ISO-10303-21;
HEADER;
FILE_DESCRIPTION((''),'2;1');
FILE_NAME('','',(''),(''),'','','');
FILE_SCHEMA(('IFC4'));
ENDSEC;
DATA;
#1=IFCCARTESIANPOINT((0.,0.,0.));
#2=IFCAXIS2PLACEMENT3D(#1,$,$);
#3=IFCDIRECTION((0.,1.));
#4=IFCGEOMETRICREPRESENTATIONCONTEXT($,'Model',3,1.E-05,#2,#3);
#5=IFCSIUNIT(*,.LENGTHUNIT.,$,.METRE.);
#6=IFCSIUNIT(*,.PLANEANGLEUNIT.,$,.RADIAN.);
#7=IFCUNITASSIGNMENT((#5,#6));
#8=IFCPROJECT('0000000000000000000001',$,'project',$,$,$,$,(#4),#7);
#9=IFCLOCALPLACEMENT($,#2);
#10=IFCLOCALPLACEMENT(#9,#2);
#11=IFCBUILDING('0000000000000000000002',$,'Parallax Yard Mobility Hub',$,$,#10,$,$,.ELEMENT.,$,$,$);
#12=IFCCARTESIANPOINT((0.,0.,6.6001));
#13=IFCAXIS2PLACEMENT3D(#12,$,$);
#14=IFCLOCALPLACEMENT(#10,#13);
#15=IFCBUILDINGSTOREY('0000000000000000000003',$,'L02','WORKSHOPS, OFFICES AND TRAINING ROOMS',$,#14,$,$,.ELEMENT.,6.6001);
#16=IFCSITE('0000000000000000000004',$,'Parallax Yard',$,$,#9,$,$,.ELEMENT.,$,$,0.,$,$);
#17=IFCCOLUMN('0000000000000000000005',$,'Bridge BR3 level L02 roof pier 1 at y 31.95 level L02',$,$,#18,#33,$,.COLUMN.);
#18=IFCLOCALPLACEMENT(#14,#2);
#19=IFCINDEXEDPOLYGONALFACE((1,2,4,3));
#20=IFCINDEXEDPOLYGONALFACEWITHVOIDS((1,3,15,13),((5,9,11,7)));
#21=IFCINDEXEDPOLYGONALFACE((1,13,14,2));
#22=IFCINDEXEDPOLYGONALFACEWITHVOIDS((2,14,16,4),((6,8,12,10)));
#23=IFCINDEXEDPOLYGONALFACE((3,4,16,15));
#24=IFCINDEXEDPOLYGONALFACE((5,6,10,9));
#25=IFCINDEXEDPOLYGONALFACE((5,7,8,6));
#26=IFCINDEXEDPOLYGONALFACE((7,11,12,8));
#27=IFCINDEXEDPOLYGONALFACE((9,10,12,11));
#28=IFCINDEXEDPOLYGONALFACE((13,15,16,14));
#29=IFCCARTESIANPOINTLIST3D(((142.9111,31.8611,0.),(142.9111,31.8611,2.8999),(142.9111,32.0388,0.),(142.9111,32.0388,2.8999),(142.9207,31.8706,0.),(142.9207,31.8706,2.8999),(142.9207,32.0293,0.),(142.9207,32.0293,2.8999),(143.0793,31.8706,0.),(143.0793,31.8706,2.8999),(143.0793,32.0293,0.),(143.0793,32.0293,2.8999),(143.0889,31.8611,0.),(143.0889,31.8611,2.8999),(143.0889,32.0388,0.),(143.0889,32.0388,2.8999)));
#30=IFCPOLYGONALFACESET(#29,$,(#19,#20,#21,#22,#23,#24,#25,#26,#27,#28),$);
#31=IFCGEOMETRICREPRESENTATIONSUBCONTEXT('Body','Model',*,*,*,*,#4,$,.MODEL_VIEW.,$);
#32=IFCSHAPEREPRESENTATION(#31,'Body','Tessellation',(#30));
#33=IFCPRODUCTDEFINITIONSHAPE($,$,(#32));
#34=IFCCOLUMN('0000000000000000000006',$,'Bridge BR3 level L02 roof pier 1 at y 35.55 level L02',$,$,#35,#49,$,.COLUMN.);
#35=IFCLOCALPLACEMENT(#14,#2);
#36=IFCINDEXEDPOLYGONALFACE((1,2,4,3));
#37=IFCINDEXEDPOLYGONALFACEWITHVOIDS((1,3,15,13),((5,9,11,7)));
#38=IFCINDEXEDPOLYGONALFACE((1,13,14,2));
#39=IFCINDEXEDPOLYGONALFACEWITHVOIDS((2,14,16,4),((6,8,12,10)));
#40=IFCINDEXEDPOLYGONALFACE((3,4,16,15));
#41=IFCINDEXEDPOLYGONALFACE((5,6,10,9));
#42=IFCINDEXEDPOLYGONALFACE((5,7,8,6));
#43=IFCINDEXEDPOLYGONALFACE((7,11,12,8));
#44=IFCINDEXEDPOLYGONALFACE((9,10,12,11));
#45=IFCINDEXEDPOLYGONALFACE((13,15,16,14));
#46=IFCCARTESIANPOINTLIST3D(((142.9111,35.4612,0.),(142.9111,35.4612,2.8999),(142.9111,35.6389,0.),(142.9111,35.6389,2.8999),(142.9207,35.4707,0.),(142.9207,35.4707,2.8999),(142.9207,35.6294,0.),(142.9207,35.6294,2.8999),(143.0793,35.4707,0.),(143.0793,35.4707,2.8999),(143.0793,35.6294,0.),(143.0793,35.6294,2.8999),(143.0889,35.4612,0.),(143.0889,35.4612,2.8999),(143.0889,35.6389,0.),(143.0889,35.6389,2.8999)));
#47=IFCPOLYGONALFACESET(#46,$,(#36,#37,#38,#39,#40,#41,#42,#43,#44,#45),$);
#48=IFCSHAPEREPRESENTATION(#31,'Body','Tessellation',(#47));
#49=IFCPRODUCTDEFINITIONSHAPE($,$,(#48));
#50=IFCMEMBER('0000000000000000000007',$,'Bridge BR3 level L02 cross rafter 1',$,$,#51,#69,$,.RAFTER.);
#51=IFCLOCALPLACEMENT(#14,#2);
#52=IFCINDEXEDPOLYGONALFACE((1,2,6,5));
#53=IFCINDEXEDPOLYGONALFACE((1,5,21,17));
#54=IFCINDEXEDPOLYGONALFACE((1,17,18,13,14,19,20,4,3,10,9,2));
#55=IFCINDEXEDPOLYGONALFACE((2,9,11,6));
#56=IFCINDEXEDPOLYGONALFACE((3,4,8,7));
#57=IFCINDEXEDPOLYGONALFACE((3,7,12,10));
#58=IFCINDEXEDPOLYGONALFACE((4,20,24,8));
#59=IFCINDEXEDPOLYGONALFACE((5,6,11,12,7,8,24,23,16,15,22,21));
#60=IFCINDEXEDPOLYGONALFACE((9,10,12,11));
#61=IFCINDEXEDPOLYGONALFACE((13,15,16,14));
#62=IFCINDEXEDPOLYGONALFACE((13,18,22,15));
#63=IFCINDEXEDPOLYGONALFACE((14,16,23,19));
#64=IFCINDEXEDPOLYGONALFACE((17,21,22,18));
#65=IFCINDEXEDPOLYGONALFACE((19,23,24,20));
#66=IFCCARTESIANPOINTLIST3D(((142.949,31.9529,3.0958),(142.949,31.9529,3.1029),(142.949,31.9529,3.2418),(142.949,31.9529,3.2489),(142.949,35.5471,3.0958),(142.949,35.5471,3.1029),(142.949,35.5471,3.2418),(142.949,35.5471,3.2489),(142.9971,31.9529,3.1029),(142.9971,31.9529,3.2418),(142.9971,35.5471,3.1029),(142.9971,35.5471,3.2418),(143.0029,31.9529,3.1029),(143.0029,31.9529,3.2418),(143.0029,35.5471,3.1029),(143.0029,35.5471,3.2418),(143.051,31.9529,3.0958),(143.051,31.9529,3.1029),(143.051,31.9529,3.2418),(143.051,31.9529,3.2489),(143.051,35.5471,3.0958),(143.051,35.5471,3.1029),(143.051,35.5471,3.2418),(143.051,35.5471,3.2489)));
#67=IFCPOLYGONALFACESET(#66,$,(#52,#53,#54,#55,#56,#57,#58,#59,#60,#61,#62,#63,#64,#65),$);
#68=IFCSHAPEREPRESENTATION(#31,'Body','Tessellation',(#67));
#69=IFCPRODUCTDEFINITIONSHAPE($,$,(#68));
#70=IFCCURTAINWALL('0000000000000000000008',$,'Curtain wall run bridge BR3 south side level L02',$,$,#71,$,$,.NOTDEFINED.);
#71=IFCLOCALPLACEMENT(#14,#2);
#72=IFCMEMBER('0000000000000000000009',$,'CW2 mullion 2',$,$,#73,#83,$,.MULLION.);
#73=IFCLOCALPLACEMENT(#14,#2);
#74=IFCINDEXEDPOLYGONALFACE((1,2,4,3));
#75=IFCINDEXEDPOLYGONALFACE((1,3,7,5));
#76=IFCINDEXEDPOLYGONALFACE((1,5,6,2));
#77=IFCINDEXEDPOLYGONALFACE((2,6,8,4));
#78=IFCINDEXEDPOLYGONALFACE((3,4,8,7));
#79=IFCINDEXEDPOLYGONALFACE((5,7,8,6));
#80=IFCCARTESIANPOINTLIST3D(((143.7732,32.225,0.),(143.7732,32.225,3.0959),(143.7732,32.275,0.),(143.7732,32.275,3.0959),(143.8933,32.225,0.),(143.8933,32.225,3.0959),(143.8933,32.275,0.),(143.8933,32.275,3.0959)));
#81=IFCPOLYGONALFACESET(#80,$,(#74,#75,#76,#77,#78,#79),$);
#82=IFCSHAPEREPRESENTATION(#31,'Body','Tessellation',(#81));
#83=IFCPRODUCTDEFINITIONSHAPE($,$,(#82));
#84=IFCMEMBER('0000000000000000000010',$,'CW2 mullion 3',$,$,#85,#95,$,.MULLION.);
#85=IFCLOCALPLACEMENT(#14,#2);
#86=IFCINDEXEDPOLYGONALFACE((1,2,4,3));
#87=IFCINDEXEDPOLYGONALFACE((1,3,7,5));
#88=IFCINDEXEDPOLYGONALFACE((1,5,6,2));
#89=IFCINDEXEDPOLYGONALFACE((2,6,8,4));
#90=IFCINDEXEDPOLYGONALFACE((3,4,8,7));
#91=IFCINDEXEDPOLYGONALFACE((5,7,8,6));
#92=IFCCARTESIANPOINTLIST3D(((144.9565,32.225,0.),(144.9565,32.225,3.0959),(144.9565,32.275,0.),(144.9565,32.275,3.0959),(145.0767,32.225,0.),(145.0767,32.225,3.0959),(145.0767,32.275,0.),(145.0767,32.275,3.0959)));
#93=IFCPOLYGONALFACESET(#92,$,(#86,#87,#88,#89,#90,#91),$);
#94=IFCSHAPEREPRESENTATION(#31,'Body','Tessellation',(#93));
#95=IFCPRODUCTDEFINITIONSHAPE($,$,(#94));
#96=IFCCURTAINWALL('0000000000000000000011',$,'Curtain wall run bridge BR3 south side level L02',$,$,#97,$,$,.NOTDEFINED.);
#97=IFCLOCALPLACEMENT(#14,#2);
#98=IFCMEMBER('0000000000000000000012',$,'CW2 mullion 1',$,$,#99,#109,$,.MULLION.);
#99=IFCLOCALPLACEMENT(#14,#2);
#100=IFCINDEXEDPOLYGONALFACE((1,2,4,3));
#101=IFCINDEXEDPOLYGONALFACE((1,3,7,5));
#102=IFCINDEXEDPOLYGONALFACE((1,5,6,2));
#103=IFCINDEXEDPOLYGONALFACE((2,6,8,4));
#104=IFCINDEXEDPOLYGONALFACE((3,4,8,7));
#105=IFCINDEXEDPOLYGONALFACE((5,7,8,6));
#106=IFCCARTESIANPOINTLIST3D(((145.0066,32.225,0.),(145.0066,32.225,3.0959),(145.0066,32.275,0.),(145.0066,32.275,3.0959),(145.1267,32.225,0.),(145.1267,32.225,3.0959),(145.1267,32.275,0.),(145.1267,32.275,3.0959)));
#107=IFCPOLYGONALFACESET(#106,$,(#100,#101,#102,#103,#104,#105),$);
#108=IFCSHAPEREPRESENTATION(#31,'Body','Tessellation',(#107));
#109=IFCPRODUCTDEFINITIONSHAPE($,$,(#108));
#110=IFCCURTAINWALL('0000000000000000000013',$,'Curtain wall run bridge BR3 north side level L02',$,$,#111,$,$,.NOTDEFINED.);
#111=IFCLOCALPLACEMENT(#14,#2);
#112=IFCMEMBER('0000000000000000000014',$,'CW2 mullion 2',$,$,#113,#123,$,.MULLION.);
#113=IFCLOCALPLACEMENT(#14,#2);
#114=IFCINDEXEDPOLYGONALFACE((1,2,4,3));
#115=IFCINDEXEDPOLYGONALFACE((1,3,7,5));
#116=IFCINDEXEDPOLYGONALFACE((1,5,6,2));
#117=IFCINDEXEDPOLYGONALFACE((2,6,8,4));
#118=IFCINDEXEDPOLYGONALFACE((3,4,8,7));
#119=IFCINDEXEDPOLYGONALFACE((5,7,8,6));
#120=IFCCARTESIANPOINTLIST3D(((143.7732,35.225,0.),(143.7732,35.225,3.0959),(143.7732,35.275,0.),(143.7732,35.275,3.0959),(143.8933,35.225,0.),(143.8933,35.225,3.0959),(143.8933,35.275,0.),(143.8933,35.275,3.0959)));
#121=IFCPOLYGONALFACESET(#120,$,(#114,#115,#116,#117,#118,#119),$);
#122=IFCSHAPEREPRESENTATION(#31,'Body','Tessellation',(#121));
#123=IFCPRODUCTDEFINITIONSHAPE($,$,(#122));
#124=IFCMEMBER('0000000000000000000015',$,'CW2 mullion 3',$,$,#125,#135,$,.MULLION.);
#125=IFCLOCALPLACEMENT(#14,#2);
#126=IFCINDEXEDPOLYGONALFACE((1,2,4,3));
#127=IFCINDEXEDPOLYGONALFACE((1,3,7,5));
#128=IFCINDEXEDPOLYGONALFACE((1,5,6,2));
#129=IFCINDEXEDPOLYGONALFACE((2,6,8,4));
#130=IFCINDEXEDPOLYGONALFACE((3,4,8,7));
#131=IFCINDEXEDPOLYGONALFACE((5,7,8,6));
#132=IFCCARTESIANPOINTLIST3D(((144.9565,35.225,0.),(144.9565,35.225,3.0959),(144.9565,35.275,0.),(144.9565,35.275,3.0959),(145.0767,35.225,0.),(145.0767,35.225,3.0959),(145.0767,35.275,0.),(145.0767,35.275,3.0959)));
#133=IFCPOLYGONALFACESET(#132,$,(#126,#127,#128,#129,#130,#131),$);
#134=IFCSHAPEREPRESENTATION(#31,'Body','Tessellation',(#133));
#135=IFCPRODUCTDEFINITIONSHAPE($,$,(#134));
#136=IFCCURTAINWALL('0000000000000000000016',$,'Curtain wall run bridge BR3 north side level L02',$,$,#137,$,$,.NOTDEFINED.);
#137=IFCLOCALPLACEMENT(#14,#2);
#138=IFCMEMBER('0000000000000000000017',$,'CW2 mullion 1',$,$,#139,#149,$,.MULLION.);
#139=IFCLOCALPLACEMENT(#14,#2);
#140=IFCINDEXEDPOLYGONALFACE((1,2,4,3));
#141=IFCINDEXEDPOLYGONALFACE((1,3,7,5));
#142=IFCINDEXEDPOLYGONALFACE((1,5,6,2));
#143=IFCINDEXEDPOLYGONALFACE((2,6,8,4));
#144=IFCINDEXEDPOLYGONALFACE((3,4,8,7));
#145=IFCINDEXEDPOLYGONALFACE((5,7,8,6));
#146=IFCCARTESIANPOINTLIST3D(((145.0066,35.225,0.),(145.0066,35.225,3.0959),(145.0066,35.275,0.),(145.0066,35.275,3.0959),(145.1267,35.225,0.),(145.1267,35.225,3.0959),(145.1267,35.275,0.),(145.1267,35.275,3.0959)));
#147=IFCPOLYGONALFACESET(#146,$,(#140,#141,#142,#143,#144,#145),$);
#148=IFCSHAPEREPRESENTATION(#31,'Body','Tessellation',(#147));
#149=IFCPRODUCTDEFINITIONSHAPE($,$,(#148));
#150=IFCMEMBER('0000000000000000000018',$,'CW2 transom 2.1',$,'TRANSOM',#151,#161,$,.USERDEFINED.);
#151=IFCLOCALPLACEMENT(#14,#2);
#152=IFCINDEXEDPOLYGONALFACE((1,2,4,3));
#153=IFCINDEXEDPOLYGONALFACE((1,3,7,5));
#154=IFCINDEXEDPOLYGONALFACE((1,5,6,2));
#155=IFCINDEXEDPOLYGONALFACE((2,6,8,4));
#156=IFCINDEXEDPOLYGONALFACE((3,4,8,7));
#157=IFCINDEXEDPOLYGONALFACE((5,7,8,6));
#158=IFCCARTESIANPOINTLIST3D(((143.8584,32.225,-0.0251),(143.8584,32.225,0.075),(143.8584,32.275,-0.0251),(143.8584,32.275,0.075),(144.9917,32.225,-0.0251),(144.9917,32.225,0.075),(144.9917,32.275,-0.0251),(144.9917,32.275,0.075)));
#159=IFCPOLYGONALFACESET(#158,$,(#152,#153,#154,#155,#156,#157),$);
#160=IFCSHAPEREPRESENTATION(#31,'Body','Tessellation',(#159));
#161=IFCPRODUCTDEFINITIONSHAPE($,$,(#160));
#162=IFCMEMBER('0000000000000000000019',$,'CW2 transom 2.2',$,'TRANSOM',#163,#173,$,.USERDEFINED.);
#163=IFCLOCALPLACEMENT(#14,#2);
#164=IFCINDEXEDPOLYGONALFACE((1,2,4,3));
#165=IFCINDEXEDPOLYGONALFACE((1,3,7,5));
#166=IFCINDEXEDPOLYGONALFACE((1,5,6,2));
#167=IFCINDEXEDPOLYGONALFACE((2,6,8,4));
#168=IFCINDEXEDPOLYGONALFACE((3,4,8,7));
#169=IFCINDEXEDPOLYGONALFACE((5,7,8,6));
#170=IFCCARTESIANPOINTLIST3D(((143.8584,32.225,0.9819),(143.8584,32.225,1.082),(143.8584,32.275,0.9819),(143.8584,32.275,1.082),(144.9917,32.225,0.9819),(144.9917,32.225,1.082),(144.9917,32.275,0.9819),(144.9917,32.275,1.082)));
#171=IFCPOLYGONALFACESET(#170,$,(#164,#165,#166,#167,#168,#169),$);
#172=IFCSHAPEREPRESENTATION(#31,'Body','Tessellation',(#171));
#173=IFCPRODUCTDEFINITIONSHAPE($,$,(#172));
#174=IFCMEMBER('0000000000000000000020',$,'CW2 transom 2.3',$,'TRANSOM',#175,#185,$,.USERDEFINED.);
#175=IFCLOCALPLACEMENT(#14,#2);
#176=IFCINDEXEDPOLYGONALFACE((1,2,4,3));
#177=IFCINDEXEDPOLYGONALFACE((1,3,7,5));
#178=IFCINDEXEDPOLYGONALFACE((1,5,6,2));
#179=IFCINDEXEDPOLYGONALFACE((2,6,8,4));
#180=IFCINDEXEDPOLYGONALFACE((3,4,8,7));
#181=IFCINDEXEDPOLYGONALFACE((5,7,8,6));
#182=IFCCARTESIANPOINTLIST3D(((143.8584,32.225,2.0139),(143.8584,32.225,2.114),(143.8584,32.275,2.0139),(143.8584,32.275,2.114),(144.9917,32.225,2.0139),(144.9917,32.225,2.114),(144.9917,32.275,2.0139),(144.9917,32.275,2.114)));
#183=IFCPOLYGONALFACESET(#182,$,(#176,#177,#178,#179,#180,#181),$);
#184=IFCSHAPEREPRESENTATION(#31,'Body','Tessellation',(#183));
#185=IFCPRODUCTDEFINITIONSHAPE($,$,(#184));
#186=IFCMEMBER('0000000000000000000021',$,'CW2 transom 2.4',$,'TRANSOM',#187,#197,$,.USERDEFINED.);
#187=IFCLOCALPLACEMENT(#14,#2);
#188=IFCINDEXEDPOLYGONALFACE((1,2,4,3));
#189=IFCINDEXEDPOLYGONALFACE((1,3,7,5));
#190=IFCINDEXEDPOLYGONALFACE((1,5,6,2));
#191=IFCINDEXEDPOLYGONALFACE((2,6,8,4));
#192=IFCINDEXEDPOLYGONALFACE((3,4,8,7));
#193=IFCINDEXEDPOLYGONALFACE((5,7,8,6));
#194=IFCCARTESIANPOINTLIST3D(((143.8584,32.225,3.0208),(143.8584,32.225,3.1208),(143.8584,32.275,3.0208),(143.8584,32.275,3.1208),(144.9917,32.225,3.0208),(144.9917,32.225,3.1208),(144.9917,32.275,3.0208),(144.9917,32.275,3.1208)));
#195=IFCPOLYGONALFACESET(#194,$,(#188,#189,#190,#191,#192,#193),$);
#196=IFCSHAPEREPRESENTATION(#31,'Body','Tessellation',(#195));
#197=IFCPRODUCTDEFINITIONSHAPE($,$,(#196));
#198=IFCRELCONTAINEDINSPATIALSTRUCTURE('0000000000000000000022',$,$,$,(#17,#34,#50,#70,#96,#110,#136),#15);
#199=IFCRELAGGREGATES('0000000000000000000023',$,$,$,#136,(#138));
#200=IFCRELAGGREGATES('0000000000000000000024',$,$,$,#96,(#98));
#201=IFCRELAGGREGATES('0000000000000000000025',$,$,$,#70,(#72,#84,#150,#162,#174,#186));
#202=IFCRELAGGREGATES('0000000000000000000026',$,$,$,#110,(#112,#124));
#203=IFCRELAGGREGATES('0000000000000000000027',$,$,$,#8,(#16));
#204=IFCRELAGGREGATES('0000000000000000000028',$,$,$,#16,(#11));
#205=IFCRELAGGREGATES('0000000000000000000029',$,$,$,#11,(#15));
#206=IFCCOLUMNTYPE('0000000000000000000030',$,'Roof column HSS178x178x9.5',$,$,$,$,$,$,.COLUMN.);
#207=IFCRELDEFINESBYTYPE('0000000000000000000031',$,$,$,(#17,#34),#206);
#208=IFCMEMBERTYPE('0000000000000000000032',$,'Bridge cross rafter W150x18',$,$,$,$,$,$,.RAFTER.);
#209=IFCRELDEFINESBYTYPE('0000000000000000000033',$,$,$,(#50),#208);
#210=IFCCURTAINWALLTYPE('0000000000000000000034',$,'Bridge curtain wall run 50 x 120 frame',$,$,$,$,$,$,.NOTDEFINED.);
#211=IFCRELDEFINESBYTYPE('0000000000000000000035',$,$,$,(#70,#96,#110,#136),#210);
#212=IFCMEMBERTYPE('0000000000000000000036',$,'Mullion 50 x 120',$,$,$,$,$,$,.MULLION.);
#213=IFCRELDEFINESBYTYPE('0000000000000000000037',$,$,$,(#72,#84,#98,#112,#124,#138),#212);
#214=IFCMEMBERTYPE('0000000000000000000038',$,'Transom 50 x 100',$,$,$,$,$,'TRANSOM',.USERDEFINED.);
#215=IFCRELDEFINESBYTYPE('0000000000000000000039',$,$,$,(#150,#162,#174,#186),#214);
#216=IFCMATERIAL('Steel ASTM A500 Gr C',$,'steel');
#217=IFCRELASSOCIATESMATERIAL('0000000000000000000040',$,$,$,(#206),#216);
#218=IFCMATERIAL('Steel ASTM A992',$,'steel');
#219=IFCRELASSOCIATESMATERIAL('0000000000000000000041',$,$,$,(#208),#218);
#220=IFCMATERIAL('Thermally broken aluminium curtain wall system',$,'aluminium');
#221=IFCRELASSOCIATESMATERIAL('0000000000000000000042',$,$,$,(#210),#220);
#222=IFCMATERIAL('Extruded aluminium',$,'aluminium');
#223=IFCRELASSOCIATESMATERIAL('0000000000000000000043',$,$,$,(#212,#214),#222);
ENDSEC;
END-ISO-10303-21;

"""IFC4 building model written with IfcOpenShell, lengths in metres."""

from ifc_helpers import new_model, si_unit, direction, frame, origin, origin_2d, place, context, subcontext, project, spatial, rectangle, hollow_rectangle, i_section, extrude, material, material_profile, profile_set, type_object, element, aggregate, save


model = new_model("IFC4")

# Units and contexts
model_context = context("Model", 3, precision=1e-05, world=origin(), true_north=direction((0.0, 1.0)))
body_context = subcontext(model_context, "Body", "Model", "MODEL_VIEW")
ifc_project = project(units=[si_unit("LENGTHUNIT", "METRE"), si_unit("PLANEANGLEUNIT", "RADIAN")], contexts=[model_context])

# Site, building, storey
site_placement = place(None, origin())
site = spatial("IfcSite", under=ifc_project, at=site_placement, Name="Parallax Yard", CompositionType="ELEMENT", RefElevation=0.0)
building_placement = place(site_placement, origin())
building = spatial("IfcBuilding", under=site, at=building_placement, Name="Parallax Yard Mobility Hub", CompositionType="ELEMENT")
storey_placement = place(building_placement, frame((0.0, 0.0, 6.6001)))
storey = spatial("IfcBuildingStorey", under=building, at=storey_placement, Name="L02", Description="WORKSHOPS, OFFICES AND TRAINING ROOMS", CompositionType="ELEMENT", Elevation=6.6001)

# Columns
ifc_material_1 = material(Name="Steel ASTM A500 Gr C", Category="steel")
ifc_material_profile_1 = material_profile(ifc_material_1, hollow_rectangle(XDim=0.1777, YDim=0.1777, WallThickness=0.0095, at=origin_2d()), Name="HSS178x178x9.5")
ifc_profile_set_1 = profile_set([ifc_material_profile_1], Name="Steel ASTM A500 Gr C")
column_type = type_object("IfcColumnType", Name="Roof column HSS178x178x9.5", PredefinedType="COLUMN", material=ifc_profile_set_1)
for number, where, z_axis, x_axis, name in (
    (1, (143.0, 31.95, 0.0), (0.0, 0.0, 1.0), (1.0, 0.0, 0.0), "Bridge BR3 level L02 roof pier 1 at y 31.95 level L02"),
    (2, (143.0, 35.55, 0.0), (0.0, 0.0, 1.0), (1.0, 0.0, 0.0), "Bridge BR3 level L02 roof pier 1 at y 35.55 level L02"),
):
    element("IfcColumn", number, at=place(storey_placement, frame(where, z_axis=z_axis, x_axis=x_axis)), inside=storey, type_object=column_type, Name=name, PredefinedType="COLUMN", context=body_context, shape_type="SweptSolid", body=[
        extrude(hollow_rectangle(XDim=0.1777, YDim=0.1777, WallThickness=0.0095, at=origin_2d()), origin(), (0.0, 0.0, 1.0), 2.8999),
    ])

# Member
ifc_material_2 = material(Name="Steel ASTM A992", Category="steel")
ifc_material_profile_2 = material_profile(ifc_material_2, i_section(OverallWidth=0.1021, OverallDepth=0.1531, WebThickness=0.0059, FlangeThickness=0.0071, at=origin_2d()), Name="W150x18")
ifc_profile_set_2 = profile_set([ifc_material_profile_2], Name="Steel ASTM A992")
member_type_1 = type_object("IfcMemberType", Name="Bridge cross rafter W150x18", PredefinedType="RAFTER", material=ifc_profile_set_2)
member_1_placement = place(storey_placement, frame((143.0, 31.9529, 3.1724), z_axis=(0.0, 1.0, 0.0), x_axis=(-1.0, 0.0, 0.0)))
element("IfcMember", 3, at=member_1_placement, inside=storey, type_object=member_type_1, Name="Bridge BR3 level L02 cross rafter 1", PredefinedType="RAFTER", context=body_context, shape_type="SweptSolid", body=[
    extrude(i_section(OverallWidth=0.1021, OverallDepth=0.1531, WebThickness=0.0059, FlangeThickness=0.0071, at=origin_2d()), origin(), (0.0, 0.0, 1.0), 3.5942),
])

# Curtain wall, members
ifc_material_3 = material(Name="Thermally broken aluminium curtain wall system", Category="aluminium")
curtain_wall_type = type_object("IfcCurtainWallType", Name="Bridge curtain wall run 50 x 120 frame", PredefinedType="NOTDEFINED", material=ifc_material_3)
curtain_wall_1_placement = place(storey_placement, origin())
curtain_wall_1 = element("IfcCurtainWall", 4, at=curtain_wall_1_placement, inside=storey, type_object=curtain_wall_type, Name="Curtain wall run bridge BR3 south side level L02", PredefinedType="NOTDEFINED")
ifc_material_4 = material(Name="Extruded aluminium", Category="aluminium")
ifc_material_profile_3 = material_profile(ifc_material_4, rectangle(XDim=0.05, YDim=0.1201, at=origin_2d()), Name="Mullion 50 x 120")
ifc_profile_set_3 = profile_set([ifc_material_profile_3], Name="Extruded aluminium")
member_type_2 = type_object("IfcMemberType", Name="Mullion 50 x 120", PredefinedType="MULLION", material=ifc_profile_set_3)
member_2_placement = place(storey_placement, frame((143.8333, 32.25, 0.0), z_axis=(0.0, 0.0, 1.0), x_axis=(0.0, 1.0, 0.0)))
member_2 = element("IfcMember", 5, at=member_2_placement, type_object=member_type_2, Name="CW2 mullion 2", PredefinedType="MULLION", context=body_context, shape_type="SweptSolid", body=[
    extrude(rectangle(XDim=0.05, YDim=0.1201, at=origin_2d()), origin(), (0.0, 0.0, 1.0), 3.0959),
])
member_3_placement = place(storey_placement, frame((145.0166, 32.25, 0.0), z_axis=(0.0, 0.0, 1.0), x_axis=(0.0, 1.0, 0.0)))
member_3 = element("IfcMember", 6, at=member_3_placement, type_object=member_type_2, Name="CW2 mullion 3", PredefinedType="MULLION", context=body_context, shape_type="SweptSolid", body=[
    extrude(rectangle(XDim=0.05, YDim=0.1201, at=origin_2d()), origin(), (0.0, 0.0, 1.0), 3.0959),
])

# Curtain wall, member
curtain_wall_2_placement = place(storey_placement, origin())
curtain_wall_2 = element("IfcCurtainWall", 7, at=curtain_wall_2_placement, inside=storey, type_object=curtain_wall_type, Name="Curtain wall run bridge BR3 south side level L02", PredefinedType="NOTDEFINED")
member_4_placement = place(storey_placement, frame((145.0667, 32.25, 0.0), z_axis=(0.0, 0.0, 1.0), x_axis=(0.0, 1.0, 0.0)))
member_4 = element("IfcMember", 8, at=member_4_placement, type_object=member_type_2, Name="CW2 mullion 1", PredefinedType="MULLION", context=body_context, shape_type="SweptSolid", body=[
    extrude(rectangle(XDim=0.05, YDim=0.1201, at=origin_2d()), origin(), (0.0, 0.0, 1.0), 3.0959),
])

# Curtain wall, members
curtain_wall_3_placement = place(storey_placement, origin())
curtain_wall_3 = element("IfcCurtainWall", 9, at=curtain_wall_3_placement, inside=storey, type_object=curtain_wall_type, Name="Curtain wall run bridge BR3 north side level L02", PredefinedType="NOTDEFINED")
member_5_placement = place(storey_placement, frame((143.8333, 35.25, 0.0), z_axis=(0.0, 0.0, 1.0), x_axis=(0.0, 1.0, 0.0)))
member_5 = element("IfcMember", 10, at=member_5_placement, type_object=member_type_2, Name="CW2 mullion 2", PredefinedType="MULLION", context=body_context, shape_type="SweptSolid", body=[
    extrude(rectangle(XDim=0.05, YDim=0.1201, at=origin_2d()), origin(), (0.0, 0.0, 1.0), 3.0959),
])
member_6_placement = place(storey_placement, frame((145.0166, 35.25, 0.0), z_axis=(0.0, 0.0, 1.0), x_axis=(0.0, 1.0, 0.0)))
member_6 = element("IfcMember", 11, at=member_6_placement, type_object=member_type_2, Name="CW2 mullion 3", PredefinedType="MULLION", context=body_context, shape_type="SweptSolid", body=[
    extrude(rectangle(XDim=0.05, YDim=0.1201, at=origin_2d()), origin(), (0.0, 0.0, 1.0), 3.0959),
])

# Curtain wall, member
curtain_wall_4_placement = place(storey_placement, origin())
curtain_wall_4 = element("IfcCurtainWall", 12, at=curtain_wall_4_placement, inside=storey, type_object=curtain_wall_type, Name="Curtain wall run bridge BR3 north side level L02", PredefinedType="NOTDEFINED")
member_7_placement = place(storey_placement, frame((145.0667, 35.25, 0.0), z_axis=(0.0, 0.0, 1.0), x_axis=(0.0, 1.0, 0.0)))
member_7 = element("IfcMember", 13, at=member_7_placement, type_object=member_type_2, Name="CW2 mullion 1", PredefinedType="MULLION", context=body_context, shape_type="SweptSolid", body=[
    extrude(rectangle(XDim=0.05, YDim=0.1201, at=origin_2d()), origin(), (0.0, 0.0, 1.0), 3.0959),
])
aggregate(curtain_wall_4, [member_7])

# Members
ifc_material_profile_4 = material_profile(ifc_material_4, rectangle(XDim=0.05, YDim=0.1001, at=origin_2d()), Name="Transom 50 x 100")
ifc_profile_set_4 = profile_set([ifc_material_profile_4], Name="Extruded aluminium")
member_type_3 = type_object("IfcMemberType", Name="Transom 50 x 100", ElementType="TRANSOM", PredefinedType="USERDEFINED", material=ifc_profile_set_4)
member_8_placement = place(storey_placement, frame((143.8584, 32.25, 0.0249), z_axis=(1.0, 0.0, 0.0), x_axis=(0.0, 1.0, 0.0)))
member_8 = element("IfcMember", 14, at=member_8_placement, type_object=member_type_3, Name="CW2 transom 2.1", ObjectType="TRANSOM", PredefinedType="USERDEFINED", context=body_context, shape_type="SweptSolid", body=[
    extrude(rectangle(XDim=0.05, YDim=0.1001, at=origin_2d()), origin(), (0.0, 0.0, 1.0), 1.1333),
])
member_9_placement = place(storey_placement, frame((143.8584, 32.25, 1.032), z_axis=(1.0, 0.0, 0.0), x_axis=(0.0, 1.0, 0.0)))
member_9 = element("IfcMember", 15, at=member_9_placement, type_object=member_type_3, Name="CW2 transom 2.2", ObjectType="TRANSOM", PredefinedType="USERDEFINED", context=body_context, shape_type="SweptSolid", body=[
    extrude(rectangle(XDim=0.05, YDim=0.1001, at=origin_2d()), origin(), (0.0, 0.0, 1.0), 1.1333),
])
member_10_placement = place(storey_placement, frame((143.8584, 32.25, 2.064), z_axis=(1.0, 0.0, 0.0), x_axis=(0.0, 1.0, 0.0)))
member_10 = element("IfcMember", 16, at=member_10_placement, type_object=member_type_3, Name="CW2 transom 2.3", ObjectType="TRANSOM", PredefinedType="USERDEFINED", context=body_context, shape_type="SweptSolid", body=[
    extrude(rectangle(XDim=0.05, YDim=0.1001, at=origin_2d()), origin(), (0.0, 0.0, 1.0), 1.1333),
])
member_11_placement = place(storey_placement, frame((143.8584, 32.25, 3.0708), z_axis=(1.0, 0.0, 0.0), x_axis=(0.0, 1.0, 0.0)))
member_11 = element("IfcMember", 17, at=member_11_placement, type_object=member_type_3, Name="CW2 transom 2.4", ObjectType="TRANSOM", PredefinedType="USERDEFINED", context=body_context, shape_type="SweptSolid", body=[
    extrude(rectangle(XDim=0.05, YDim=0.1001, at=origin_2d()), origin(), (0.0, 0.0, 1.0), 1.1333),
])
aggregate(curtain_wall_2, [member_4])

aggregate(curtain_wall_1, [member_2, member_3, member_8, member_9, member_10, member_11])
aggregate(curtain_wall_3, [member_5, member_6])

save(model, "model.ifc")
